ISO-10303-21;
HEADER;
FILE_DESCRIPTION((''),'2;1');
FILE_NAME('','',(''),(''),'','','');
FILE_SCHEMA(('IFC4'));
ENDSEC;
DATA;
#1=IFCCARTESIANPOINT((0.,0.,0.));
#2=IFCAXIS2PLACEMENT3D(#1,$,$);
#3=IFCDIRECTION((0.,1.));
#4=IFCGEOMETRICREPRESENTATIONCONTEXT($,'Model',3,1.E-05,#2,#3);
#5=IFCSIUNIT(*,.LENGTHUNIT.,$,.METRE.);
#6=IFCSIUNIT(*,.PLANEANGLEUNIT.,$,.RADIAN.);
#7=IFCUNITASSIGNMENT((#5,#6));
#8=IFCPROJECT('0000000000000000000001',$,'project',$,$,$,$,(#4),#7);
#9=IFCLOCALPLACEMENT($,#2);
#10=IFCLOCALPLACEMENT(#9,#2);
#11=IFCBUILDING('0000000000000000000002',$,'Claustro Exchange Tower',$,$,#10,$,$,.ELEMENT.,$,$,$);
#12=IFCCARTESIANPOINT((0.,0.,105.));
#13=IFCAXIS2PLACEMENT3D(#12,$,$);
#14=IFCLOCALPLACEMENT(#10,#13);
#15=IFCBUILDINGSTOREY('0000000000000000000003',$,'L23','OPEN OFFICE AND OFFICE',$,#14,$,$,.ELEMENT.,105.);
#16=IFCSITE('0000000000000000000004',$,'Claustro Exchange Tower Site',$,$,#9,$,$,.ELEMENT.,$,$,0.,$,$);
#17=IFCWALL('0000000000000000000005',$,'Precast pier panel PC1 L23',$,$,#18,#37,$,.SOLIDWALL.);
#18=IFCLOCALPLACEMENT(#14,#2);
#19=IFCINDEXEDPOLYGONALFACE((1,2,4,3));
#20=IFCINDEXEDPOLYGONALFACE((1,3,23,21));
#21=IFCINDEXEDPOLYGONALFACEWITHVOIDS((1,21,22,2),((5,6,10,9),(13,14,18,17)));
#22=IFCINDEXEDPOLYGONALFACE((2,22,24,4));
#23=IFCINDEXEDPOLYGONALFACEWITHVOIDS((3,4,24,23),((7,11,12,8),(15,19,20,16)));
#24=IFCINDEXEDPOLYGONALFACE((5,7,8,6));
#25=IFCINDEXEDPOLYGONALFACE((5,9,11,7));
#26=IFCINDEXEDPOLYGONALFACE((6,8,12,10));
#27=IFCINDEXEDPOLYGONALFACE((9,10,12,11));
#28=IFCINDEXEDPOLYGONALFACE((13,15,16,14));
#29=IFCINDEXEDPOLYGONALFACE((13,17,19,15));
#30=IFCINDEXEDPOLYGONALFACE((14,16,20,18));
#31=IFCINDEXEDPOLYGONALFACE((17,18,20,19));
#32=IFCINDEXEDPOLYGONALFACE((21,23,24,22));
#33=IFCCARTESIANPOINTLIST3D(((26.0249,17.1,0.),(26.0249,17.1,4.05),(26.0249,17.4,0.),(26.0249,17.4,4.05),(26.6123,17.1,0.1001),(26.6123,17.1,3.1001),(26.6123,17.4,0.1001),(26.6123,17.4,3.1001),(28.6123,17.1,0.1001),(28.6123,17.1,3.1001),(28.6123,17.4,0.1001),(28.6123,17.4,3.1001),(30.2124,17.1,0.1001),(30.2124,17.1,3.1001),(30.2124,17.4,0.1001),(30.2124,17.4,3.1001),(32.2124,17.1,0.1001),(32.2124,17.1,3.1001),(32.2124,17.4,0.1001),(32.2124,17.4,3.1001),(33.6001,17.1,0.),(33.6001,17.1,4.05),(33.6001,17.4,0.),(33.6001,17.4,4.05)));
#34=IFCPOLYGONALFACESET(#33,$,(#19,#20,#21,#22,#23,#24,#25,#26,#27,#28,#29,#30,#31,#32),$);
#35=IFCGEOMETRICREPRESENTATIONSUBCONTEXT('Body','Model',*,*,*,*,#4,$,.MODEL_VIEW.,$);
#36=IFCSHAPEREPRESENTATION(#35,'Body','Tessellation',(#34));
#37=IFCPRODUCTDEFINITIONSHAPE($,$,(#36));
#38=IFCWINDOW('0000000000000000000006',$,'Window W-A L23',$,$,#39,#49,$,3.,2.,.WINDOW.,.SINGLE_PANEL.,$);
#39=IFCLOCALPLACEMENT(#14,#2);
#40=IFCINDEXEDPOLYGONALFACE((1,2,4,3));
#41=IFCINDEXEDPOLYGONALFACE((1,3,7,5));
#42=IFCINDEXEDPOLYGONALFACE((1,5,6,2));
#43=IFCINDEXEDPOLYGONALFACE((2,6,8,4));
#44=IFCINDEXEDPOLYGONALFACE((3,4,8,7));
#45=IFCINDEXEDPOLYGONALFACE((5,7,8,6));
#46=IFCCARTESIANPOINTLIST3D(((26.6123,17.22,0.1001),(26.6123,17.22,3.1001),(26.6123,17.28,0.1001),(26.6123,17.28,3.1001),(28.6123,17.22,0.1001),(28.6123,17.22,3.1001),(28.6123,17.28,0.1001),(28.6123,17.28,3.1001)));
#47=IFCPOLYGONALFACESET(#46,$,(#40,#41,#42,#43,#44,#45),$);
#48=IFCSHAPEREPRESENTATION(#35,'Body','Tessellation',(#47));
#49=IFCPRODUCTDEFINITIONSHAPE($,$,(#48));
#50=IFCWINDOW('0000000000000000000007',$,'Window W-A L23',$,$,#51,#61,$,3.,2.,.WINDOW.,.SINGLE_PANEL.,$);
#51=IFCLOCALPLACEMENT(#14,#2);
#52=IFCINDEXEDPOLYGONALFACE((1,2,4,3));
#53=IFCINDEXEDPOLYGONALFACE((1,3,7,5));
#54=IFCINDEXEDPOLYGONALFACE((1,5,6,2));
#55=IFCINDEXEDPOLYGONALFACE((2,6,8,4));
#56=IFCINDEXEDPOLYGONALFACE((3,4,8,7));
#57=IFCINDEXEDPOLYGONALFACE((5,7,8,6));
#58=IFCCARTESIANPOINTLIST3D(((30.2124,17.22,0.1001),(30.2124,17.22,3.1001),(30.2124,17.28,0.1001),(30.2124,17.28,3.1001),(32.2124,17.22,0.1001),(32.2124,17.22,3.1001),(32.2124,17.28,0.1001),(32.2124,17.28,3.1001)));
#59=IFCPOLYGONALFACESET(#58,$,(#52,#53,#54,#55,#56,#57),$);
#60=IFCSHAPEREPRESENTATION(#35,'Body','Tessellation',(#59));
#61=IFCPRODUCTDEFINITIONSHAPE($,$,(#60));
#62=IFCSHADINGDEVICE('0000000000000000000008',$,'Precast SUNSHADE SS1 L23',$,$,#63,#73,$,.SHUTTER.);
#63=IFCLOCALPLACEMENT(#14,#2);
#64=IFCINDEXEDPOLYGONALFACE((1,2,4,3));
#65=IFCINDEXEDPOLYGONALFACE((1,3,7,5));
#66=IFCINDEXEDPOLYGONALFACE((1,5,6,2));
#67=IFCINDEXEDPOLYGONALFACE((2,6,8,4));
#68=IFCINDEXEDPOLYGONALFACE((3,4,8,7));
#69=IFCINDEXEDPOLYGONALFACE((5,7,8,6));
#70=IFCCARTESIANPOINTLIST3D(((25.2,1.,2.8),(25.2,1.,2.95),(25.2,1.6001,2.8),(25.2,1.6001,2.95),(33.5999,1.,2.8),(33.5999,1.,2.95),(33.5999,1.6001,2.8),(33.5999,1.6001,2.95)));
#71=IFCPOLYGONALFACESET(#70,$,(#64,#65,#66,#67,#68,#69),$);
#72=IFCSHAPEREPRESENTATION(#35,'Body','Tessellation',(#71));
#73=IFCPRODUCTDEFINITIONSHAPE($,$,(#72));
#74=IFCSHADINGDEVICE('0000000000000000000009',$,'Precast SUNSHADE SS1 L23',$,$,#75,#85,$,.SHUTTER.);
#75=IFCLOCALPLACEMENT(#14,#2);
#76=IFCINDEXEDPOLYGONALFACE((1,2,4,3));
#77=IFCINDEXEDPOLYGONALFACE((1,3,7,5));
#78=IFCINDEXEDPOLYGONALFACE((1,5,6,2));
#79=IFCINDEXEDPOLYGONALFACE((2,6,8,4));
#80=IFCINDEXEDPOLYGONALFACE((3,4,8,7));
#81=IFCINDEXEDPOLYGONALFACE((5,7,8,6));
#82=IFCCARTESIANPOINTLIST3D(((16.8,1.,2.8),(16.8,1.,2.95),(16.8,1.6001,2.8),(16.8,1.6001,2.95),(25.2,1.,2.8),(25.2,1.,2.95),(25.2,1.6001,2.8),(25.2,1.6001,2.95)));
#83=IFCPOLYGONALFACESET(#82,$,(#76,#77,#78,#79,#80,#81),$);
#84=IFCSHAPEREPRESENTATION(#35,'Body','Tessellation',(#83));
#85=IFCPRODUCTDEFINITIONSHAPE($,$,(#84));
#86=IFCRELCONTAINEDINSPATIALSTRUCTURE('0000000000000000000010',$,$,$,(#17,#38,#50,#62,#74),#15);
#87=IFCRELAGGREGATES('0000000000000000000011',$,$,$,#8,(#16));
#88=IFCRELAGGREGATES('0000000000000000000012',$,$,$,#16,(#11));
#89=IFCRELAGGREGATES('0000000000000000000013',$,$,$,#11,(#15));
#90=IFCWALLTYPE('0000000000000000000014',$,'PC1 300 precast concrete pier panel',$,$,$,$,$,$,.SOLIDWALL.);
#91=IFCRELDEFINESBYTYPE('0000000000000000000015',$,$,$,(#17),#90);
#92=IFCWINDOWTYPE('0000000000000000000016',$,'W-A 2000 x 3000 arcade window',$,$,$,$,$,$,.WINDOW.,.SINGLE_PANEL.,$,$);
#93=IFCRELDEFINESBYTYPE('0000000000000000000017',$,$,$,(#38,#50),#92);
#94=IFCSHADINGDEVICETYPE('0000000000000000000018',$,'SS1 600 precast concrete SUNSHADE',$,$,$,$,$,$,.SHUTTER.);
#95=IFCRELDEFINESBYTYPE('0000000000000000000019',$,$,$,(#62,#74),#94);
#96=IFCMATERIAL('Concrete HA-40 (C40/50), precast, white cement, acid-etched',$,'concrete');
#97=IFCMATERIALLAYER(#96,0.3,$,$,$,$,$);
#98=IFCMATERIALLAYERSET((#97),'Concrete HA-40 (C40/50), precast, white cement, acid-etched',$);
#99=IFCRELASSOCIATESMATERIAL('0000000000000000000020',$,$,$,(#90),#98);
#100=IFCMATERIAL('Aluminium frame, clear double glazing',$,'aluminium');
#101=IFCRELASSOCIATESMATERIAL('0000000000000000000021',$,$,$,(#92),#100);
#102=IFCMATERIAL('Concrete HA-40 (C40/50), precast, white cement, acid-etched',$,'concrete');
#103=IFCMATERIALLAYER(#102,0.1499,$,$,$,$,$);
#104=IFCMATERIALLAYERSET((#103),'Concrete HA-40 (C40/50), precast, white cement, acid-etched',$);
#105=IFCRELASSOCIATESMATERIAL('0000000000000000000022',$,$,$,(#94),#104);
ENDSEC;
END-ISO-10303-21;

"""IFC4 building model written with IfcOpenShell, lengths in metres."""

from ifc_helpers import new_model, si_unit, direction, frame, frame_2d, origin, origin_2d, place, context, subcontext, project, spatial, rectangle, extrude, material, layer, layer_set, type_object, element, fill, save


model = new_model("IFC4")

# Units and contexts
model_context = context("Model", 3, precision=1e-05, world=origin(), true_north=direction((0.0, 1.0)))
body_context = subcontext(model_context, "Body", "Model", "MODEL_VIEW")
ifc_project = project(units=[si_unit("LENGTHUNIT", "METRE"), si_unit("PLANEANGLEUNIT", "RADIAN")], contexts=[model_context])

# Site, building, storey
site_placement = place(None, origin())
site = spatial("IfcSite", under=ifc_project, at=site_placement, Name="Claustro Exchange Tower Site", CompositionType="ELEMENT", RefElevation=0.0)
building_placement = place(site_placement, origin())
building = spatial("IfcBuilding", under=site, at=building_placement, Name="Claustro Exchange Tower", CompositionType="ELEMENT")
storey_placement = place(building_placement, frame((0.0, 0.0, 105.0)))
storey = spatial("IfcBuildingStorey", under=building, at=storey_placement, Name="L23", Description="OPEN OFFICE AND OFFICE", CompositionType="ELEMENT", Elevation=105.0)

# Wall, openings, windows
ifc_material_1 = material(Name="Concrete HA-40 (C40/50), precast, white cement, acid-etched", Category="concrete")
ifc_layer_1 = layer(ifc_material_1, 0.3)
ifc_layer_set_1 = layer_set([ifc_layer_1], Name="Concrete HA-40 (C40/50), precast, white cement, acid-etched")
wall_type = type_object("IfcWallType", Name="PC1 300 precast concrete pier panel", PredefinedType="SOLIDWALL", material=ifc_layer_set_1)
wall_1_placement = place(storey_placement, frame((26.0249, 17.25, 0.0), z_axis=(0.0, 0.0, 1.0), x_axis=(1.0, 0.0, 0.0)))
wall_1 = element("IfcWall", 1, at=wall_1_placement, inside=storey, type_object=wall_type, Name="Precast pier panel PC1 L23", PredefinedType="SOLIDWALL", context=body_context, shape_type="SweptSolid", body=[
    extrude(rectangle(XDim=7.5752, YDim=0.3, at=frame_2d((3.7876, 0.0))), origin(), (0.0, 0.0, 1.0), 4.05),
])
opening_1_placement = place(wall_1_placement, frame((0.5874, 0.0, 0.1001)))
opening_1 = element("IfcOpeningElement", 2, at=opening_1_placement, cuts=wall_1, PredefinedType="OPENING", context=body_context, shape_type="SweptSolid", body=[
    extrude(rectangle(XDim=2.0, YDim=3.0, at=frame_2d((1.0, 1.5))), frame((0.0, 0.1599, 0.0), z_axis=(0.0, -1.0, 0.0), x_axis=(1.0, 0.0, 0.0)), (0.0, 0.0, 1.0), 0.3201),
])
opening_2_placement = place(wall_1_placement, frame((4.1875, 0.0, 0.1001)))
opening_2 = element("IfcOpeningElement", 3, at=opening_2_placement, cuts=wall_1, PredefinedType="OPENING", context=body_context, shape_type="SweptSolid", body=[
    extrude(rectangle(XDim=2.0, YDim=3.0, at=frame_2d((1.0, 1.5))), frame((0.0, 0.1599, 0.0), z_axis=(0.0, -1.0, 0.0), x_axis=(1.0, 0.0, 0.0)), (0.0, 0.0, 1.0), 0.3201),
])
ifc_material_2 = material(Name="Aluminium frame, clear double glazing", Category="aluminium")
window_type_1 = type_object("IfcWindowType", Name="W-A 2000 x 3000 arcade window", PartitioningType="SINGLE_PANEL", PredefinedType="WINDOW", material=ifc_material_2)
window_1_placement = place(opening_1_placement, origin())
window_1 = element("IfcWindow", 4, at=window_1_placement, inside=storey, type_object=window_type_1, Name="Window W-A L23", OverallHeight=3.0, OverallWidth=2.0, PartitioningType="SINGLE_PANEL", PredefinedType="WINDOW", context=body_context, shape_type="SweptSolid", body=[
    extrude(rectangle(XDim=2.0, YDim=3.0, at=frame_2d((1.0, 1.5))), frame((0.0, 0.03, 0.0), z_axis=(0.0, -1.0, 0.0), x_axis=(1.0, 0.0, 0.0)), (0.0, 0.0, 1.0), 0.0601),
])
fill(opening_1, window_1)
window_2_placement = place(opening_2_placement, origin())
window_2 = element("IfcWindow", 5, at=window_2_placement, inside=storey, type_object=window_type_1, Name="Window W-A L23", OverallHeight=3.0, OverallWidth=2.0, PartitioningType="SINGLE_PANEL", PredefinedType="WINDOW", context=body_context, shape_type="SweptSolid", body=[
    extrude(rectangle(XDim=2.0, YDim=3.0, at=frame_2d((1.0, 1.5))), frame((0.0, 0.03, 0.0), z_axis=(0.0, -1.0, 0.0), x_axis=(1.0, 0.0, 0.0)), (0.0, 0.0, 1.0), 0.0601),
])
fill(opening_2, window_2)

# Shading devices
ifc_material_3 = material(Name="Concrete HA-40 (C40/50), precast, white cement, acid-etched", Category="concrete")
ifc_layer_2 = layer(ifc_material_3, 0.1499)
ifc_layer_set_2 = layer_set([ifc_layer_2], Name="Concrete HA-40 (C40/50), precast, white cement, acid-etched")
shading_device_type = type_object("IfcShadingDeviceType", Name="SS1 600 precast concrete SUNSHADE", PredefinedType="SHUTTER", material=ifc_layer_set_2)
for number, where, z_axis, x_axis, name in (
    (6, (29.3999, 1.3, 2.8), (0.0, 0.0, 1.0), (-1.0, 0.0, 0.0), "Precast SUNSHADE SS1 L23"),
    (7, (21.0, 1.3, 2.8), (0.0, 0.0, 1.0), (-1.0, 0.0, 0.0), "Precast SUNSHADE SS1 L23"),
):
    element("IfcShadingDevice", number, at=place(storey_placement, frame(where, z_axis=z_axis, x_axis=x_axis)), inside=storey, type_object=shading_device_type, Name=name, PredefinedType="SHUTTER", context=body_context, shape_type="SweptSolid", body=[
        extrude(rectangle(XDim=8.3999, YDim=0.6001, at=origin_2d()), origin(), (0.0, 0.0, 1.0), 0.1499),
    ])

save(model, "model.ifc")
